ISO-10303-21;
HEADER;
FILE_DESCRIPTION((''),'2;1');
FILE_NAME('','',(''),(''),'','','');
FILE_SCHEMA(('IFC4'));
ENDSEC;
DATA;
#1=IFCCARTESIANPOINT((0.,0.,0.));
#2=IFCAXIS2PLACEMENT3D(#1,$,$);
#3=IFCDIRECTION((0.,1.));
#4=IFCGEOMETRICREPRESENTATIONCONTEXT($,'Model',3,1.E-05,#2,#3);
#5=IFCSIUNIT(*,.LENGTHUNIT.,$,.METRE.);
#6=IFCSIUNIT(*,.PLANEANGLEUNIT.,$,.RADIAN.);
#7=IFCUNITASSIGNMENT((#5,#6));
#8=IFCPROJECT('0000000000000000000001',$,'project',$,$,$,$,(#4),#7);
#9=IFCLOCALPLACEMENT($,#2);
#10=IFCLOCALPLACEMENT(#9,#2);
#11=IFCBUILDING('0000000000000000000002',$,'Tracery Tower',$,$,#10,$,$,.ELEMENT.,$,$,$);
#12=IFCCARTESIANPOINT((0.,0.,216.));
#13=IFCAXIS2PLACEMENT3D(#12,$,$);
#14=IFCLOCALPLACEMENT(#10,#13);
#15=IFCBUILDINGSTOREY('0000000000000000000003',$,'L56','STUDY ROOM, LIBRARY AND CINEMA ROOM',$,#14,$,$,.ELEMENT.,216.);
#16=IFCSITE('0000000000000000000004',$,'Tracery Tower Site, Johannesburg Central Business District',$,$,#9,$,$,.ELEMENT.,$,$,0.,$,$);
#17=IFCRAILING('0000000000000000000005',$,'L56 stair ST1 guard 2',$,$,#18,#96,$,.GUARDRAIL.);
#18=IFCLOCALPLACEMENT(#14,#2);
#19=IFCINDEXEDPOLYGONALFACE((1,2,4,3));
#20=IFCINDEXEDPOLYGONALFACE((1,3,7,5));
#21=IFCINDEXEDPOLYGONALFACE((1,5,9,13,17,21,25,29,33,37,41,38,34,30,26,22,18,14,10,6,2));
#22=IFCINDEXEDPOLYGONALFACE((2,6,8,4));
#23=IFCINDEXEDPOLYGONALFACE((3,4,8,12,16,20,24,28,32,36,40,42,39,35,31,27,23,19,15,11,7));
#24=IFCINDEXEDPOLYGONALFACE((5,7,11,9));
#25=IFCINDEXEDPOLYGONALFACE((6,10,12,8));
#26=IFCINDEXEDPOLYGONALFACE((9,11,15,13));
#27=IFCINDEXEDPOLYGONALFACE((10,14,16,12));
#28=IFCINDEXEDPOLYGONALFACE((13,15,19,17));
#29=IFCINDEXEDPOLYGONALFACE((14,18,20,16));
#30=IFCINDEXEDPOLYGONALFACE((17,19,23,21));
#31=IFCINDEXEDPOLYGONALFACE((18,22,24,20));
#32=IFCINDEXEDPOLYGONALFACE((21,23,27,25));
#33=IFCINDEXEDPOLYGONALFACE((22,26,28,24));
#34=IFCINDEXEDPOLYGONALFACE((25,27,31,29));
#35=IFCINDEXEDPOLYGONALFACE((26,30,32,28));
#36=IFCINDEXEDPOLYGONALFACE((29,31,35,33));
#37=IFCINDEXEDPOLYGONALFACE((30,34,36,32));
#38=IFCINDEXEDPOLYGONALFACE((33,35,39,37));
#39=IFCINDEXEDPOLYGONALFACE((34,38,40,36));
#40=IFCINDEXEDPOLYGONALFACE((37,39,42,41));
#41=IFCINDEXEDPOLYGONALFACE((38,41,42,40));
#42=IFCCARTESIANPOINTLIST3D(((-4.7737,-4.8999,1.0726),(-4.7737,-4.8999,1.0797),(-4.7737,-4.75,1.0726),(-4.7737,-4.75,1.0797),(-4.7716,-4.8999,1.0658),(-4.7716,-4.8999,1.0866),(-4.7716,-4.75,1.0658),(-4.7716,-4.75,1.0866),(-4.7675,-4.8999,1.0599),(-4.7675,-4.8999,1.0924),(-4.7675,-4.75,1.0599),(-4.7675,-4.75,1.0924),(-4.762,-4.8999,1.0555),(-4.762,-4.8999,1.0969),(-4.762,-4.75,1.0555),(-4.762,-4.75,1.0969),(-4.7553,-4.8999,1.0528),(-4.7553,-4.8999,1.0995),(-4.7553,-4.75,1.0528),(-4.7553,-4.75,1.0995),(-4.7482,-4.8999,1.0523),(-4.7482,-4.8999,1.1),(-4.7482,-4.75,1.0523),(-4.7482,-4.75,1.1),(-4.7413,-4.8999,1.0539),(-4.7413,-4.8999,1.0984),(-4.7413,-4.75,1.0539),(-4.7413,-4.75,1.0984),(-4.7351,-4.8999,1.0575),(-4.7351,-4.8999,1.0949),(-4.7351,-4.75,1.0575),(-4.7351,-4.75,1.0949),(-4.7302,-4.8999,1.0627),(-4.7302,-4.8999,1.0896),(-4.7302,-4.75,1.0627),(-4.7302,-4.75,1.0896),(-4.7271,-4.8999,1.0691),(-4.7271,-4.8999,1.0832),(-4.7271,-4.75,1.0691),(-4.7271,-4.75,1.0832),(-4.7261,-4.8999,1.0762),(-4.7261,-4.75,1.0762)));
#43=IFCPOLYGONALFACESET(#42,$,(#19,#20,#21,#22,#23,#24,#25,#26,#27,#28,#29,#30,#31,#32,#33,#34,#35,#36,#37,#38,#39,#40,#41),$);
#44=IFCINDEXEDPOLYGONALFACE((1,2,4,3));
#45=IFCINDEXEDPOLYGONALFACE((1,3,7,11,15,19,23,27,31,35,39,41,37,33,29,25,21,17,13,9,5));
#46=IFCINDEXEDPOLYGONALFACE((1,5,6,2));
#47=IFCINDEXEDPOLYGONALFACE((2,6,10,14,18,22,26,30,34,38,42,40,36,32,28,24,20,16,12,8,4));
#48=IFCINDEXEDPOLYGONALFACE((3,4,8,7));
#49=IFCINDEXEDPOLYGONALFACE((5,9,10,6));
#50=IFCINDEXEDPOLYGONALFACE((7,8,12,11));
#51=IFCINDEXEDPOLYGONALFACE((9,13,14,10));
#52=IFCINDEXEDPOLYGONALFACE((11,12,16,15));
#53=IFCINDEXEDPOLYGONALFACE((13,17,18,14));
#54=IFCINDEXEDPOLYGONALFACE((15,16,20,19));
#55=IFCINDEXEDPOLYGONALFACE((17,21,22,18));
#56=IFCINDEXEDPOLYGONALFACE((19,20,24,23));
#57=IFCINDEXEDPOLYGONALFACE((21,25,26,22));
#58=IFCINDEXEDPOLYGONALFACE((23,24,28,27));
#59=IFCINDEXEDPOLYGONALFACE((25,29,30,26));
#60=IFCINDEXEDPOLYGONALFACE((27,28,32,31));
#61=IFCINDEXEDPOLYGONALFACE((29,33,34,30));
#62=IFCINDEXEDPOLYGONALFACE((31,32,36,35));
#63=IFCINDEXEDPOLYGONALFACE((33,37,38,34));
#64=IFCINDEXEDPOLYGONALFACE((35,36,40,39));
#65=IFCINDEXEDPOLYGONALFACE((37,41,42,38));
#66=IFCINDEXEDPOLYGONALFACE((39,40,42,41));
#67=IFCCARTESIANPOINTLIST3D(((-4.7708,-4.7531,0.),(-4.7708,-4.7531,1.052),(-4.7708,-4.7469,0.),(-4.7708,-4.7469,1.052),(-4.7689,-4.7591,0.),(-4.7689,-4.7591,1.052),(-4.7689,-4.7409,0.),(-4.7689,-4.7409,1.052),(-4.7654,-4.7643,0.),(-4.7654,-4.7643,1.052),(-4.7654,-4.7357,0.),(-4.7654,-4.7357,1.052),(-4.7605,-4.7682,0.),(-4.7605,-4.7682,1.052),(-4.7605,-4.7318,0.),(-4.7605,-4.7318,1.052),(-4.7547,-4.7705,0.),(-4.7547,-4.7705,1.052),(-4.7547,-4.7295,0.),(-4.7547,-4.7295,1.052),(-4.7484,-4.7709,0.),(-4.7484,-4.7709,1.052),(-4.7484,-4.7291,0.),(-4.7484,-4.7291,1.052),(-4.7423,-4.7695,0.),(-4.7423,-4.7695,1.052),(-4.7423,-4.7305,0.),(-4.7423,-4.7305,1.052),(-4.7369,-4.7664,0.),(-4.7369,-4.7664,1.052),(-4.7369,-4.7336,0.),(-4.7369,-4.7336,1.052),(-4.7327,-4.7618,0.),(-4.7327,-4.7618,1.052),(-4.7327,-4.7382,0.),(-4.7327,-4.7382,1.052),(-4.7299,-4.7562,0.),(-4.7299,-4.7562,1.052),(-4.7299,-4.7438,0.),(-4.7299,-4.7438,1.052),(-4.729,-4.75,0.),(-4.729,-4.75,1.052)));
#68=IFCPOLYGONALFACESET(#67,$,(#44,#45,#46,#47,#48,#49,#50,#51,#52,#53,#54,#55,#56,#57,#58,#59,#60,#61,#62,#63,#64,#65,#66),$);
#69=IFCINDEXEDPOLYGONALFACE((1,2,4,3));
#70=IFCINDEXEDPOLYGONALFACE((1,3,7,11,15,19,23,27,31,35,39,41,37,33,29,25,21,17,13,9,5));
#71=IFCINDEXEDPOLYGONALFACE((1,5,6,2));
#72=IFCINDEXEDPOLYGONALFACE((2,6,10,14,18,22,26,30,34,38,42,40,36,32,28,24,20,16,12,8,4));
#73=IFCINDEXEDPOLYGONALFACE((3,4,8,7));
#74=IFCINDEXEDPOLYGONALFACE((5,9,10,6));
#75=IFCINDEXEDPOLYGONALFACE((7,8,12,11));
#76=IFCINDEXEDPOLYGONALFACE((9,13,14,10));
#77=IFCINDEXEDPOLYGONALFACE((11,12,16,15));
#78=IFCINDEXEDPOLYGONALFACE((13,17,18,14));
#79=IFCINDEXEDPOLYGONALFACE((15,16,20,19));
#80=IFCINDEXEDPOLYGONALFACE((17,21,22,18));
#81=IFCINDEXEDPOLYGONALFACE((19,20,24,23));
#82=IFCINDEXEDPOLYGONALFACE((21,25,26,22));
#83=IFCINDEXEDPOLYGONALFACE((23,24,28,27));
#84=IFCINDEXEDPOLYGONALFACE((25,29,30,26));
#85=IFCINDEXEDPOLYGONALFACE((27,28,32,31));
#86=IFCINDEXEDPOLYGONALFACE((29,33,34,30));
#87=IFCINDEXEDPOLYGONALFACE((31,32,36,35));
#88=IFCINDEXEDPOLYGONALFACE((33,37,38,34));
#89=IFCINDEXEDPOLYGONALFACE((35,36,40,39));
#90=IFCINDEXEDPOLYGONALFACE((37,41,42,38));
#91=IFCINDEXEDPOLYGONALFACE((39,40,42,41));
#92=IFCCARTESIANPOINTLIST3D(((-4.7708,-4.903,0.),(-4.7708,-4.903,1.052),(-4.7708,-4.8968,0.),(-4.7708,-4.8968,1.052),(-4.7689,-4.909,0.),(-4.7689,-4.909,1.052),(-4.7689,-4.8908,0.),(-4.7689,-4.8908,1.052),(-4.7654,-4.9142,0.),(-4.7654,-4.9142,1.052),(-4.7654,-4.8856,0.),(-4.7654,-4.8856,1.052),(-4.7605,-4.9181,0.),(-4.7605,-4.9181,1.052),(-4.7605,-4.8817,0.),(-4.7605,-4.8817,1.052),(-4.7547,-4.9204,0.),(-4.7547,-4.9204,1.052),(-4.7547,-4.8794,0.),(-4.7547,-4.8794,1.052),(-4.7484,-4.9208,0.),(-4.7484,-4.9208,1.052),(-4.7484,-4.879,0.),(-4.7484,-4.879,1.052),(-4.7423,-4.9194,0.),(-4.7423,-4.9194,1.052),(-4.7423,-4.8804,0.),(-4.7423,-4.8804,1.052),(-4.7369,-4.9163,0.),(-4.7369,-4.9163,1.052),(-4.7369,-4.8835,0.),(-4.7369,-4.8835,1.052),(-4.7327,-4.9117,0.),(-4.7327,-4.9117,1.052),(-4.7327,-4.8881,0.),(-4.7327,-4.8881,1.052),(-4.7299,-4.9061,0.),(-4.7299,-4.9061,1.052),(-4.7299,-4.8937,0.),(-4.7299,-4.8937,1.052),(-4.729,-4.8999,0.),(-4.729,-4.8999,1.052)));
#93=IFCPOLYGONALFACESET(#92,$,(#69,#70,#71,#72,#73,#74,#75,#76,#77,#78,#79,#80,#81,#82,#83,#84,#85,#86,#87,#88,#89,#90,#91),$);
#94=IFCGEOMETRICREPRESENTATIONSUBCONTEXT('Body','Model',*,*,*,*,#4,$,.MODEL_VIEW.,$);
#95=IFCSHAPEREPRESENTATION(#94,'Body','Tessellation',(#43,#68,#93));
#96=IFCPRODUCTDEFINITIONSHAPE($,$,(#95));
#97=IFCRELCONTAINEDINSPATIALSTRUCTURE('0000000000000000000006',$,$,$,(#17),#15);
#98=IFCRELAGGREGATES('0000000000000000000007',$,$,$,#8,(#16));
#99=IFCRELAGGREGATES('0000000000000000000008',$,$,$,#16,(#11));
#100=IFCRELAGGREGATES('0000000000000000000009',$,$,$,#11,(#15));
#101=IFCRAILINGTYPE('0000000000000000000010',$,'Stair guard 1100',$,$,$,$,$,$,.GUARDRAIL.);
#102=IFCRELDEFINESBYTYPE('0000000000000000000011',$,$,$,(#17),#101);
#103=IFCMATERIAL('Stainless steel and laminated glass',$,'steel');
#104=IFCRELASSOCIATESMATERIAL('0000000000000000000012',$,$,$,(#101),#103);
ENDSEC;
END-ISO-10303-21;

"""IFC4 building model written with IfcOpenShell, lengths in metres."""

from ifc_helpers import new_model, si_unit, direction, frame, origin, origin_2d, place, context, subcontext, project, spatial, circle, extrude, material, type_object, element, save


model = new_model("IFC4")

# Units and contexts
model_context = context("Model", 3, precision=1e-05, world=origin(), true_north=direction((0.0, 1.0)))
body_context = subcontext(model_context, "Body", "Model", "MODEL_VIEW")
ifc_project = project(units=[si_unit("LENGTHUNIT", "METRE"), si_unit("PLANEANGLEUNIT", "RADIAN")], contexts=[model_context])

# Site, building, storey
site_placement = place(None, origin())
site = spatial("IfcSite", under=ifc_project, at=site_placement, Name="Tracery Tower Site, Johannesburg Central Business District", CompositionType="ELEMENT", RefElevation=0.0)
building_placement = place(site_placement, origin())
building = spatial("IfcBuilding", under=site, at=building_placement, Name="Tracery Tower", CompositionType="ELEMENT")
storey_placement = place(building_placement, frame((0.0, 0.0, 216.0)))
storey = spatial("IfcBuildingStorey", under=building, at=storey_placement, Name="L56", Description="STUDY ROOM, LIBRARY AND CINEMA ROOM", CompositionType="ELEMENT", Elevation=216.0)

# Railing
ifc_material_1 = material(Name="Stainless steel and laminated glass", Category="steel")
railing_type_1 = type_object("IfcRailingType", Name="Stair guard 1100", PredefinedType="GUARDRAIL", material=ifc_material_1)
railing_1_placement = place(storey_placement, frame((-4.75, -4.75, 0.0)))
element("IfcRailing", 1, at=railing_1_placement, inside=storey, type_object=railing_type_1, Name="L56 stair ST1 guard 2", PredefinedType="GUARDRAIL", context=body_context, shape_type="SweptSolid", body=[
    extrude(circle(Radius=0.0239, at=origin_2d()), frame((0.0, 0.0, 1.0762), z_axis=(0.0, -1.0, 0.0), x_axis=(1.0, 0.0, 0.0)), (0.0, 0.0, 1.0), 0.1499),
    extrude(circle(Radius=0.021, at=origin_2d()), origin(), (0.0, 0.0, 1.0), 1.052),
    extrude(circle(Radius=0.021, at=origin_2d()), frame((0.0, -0.1499, 0.0)), (0.0, 0.0, 1.0), 1.052),
])

save(model, "model.ifc")
